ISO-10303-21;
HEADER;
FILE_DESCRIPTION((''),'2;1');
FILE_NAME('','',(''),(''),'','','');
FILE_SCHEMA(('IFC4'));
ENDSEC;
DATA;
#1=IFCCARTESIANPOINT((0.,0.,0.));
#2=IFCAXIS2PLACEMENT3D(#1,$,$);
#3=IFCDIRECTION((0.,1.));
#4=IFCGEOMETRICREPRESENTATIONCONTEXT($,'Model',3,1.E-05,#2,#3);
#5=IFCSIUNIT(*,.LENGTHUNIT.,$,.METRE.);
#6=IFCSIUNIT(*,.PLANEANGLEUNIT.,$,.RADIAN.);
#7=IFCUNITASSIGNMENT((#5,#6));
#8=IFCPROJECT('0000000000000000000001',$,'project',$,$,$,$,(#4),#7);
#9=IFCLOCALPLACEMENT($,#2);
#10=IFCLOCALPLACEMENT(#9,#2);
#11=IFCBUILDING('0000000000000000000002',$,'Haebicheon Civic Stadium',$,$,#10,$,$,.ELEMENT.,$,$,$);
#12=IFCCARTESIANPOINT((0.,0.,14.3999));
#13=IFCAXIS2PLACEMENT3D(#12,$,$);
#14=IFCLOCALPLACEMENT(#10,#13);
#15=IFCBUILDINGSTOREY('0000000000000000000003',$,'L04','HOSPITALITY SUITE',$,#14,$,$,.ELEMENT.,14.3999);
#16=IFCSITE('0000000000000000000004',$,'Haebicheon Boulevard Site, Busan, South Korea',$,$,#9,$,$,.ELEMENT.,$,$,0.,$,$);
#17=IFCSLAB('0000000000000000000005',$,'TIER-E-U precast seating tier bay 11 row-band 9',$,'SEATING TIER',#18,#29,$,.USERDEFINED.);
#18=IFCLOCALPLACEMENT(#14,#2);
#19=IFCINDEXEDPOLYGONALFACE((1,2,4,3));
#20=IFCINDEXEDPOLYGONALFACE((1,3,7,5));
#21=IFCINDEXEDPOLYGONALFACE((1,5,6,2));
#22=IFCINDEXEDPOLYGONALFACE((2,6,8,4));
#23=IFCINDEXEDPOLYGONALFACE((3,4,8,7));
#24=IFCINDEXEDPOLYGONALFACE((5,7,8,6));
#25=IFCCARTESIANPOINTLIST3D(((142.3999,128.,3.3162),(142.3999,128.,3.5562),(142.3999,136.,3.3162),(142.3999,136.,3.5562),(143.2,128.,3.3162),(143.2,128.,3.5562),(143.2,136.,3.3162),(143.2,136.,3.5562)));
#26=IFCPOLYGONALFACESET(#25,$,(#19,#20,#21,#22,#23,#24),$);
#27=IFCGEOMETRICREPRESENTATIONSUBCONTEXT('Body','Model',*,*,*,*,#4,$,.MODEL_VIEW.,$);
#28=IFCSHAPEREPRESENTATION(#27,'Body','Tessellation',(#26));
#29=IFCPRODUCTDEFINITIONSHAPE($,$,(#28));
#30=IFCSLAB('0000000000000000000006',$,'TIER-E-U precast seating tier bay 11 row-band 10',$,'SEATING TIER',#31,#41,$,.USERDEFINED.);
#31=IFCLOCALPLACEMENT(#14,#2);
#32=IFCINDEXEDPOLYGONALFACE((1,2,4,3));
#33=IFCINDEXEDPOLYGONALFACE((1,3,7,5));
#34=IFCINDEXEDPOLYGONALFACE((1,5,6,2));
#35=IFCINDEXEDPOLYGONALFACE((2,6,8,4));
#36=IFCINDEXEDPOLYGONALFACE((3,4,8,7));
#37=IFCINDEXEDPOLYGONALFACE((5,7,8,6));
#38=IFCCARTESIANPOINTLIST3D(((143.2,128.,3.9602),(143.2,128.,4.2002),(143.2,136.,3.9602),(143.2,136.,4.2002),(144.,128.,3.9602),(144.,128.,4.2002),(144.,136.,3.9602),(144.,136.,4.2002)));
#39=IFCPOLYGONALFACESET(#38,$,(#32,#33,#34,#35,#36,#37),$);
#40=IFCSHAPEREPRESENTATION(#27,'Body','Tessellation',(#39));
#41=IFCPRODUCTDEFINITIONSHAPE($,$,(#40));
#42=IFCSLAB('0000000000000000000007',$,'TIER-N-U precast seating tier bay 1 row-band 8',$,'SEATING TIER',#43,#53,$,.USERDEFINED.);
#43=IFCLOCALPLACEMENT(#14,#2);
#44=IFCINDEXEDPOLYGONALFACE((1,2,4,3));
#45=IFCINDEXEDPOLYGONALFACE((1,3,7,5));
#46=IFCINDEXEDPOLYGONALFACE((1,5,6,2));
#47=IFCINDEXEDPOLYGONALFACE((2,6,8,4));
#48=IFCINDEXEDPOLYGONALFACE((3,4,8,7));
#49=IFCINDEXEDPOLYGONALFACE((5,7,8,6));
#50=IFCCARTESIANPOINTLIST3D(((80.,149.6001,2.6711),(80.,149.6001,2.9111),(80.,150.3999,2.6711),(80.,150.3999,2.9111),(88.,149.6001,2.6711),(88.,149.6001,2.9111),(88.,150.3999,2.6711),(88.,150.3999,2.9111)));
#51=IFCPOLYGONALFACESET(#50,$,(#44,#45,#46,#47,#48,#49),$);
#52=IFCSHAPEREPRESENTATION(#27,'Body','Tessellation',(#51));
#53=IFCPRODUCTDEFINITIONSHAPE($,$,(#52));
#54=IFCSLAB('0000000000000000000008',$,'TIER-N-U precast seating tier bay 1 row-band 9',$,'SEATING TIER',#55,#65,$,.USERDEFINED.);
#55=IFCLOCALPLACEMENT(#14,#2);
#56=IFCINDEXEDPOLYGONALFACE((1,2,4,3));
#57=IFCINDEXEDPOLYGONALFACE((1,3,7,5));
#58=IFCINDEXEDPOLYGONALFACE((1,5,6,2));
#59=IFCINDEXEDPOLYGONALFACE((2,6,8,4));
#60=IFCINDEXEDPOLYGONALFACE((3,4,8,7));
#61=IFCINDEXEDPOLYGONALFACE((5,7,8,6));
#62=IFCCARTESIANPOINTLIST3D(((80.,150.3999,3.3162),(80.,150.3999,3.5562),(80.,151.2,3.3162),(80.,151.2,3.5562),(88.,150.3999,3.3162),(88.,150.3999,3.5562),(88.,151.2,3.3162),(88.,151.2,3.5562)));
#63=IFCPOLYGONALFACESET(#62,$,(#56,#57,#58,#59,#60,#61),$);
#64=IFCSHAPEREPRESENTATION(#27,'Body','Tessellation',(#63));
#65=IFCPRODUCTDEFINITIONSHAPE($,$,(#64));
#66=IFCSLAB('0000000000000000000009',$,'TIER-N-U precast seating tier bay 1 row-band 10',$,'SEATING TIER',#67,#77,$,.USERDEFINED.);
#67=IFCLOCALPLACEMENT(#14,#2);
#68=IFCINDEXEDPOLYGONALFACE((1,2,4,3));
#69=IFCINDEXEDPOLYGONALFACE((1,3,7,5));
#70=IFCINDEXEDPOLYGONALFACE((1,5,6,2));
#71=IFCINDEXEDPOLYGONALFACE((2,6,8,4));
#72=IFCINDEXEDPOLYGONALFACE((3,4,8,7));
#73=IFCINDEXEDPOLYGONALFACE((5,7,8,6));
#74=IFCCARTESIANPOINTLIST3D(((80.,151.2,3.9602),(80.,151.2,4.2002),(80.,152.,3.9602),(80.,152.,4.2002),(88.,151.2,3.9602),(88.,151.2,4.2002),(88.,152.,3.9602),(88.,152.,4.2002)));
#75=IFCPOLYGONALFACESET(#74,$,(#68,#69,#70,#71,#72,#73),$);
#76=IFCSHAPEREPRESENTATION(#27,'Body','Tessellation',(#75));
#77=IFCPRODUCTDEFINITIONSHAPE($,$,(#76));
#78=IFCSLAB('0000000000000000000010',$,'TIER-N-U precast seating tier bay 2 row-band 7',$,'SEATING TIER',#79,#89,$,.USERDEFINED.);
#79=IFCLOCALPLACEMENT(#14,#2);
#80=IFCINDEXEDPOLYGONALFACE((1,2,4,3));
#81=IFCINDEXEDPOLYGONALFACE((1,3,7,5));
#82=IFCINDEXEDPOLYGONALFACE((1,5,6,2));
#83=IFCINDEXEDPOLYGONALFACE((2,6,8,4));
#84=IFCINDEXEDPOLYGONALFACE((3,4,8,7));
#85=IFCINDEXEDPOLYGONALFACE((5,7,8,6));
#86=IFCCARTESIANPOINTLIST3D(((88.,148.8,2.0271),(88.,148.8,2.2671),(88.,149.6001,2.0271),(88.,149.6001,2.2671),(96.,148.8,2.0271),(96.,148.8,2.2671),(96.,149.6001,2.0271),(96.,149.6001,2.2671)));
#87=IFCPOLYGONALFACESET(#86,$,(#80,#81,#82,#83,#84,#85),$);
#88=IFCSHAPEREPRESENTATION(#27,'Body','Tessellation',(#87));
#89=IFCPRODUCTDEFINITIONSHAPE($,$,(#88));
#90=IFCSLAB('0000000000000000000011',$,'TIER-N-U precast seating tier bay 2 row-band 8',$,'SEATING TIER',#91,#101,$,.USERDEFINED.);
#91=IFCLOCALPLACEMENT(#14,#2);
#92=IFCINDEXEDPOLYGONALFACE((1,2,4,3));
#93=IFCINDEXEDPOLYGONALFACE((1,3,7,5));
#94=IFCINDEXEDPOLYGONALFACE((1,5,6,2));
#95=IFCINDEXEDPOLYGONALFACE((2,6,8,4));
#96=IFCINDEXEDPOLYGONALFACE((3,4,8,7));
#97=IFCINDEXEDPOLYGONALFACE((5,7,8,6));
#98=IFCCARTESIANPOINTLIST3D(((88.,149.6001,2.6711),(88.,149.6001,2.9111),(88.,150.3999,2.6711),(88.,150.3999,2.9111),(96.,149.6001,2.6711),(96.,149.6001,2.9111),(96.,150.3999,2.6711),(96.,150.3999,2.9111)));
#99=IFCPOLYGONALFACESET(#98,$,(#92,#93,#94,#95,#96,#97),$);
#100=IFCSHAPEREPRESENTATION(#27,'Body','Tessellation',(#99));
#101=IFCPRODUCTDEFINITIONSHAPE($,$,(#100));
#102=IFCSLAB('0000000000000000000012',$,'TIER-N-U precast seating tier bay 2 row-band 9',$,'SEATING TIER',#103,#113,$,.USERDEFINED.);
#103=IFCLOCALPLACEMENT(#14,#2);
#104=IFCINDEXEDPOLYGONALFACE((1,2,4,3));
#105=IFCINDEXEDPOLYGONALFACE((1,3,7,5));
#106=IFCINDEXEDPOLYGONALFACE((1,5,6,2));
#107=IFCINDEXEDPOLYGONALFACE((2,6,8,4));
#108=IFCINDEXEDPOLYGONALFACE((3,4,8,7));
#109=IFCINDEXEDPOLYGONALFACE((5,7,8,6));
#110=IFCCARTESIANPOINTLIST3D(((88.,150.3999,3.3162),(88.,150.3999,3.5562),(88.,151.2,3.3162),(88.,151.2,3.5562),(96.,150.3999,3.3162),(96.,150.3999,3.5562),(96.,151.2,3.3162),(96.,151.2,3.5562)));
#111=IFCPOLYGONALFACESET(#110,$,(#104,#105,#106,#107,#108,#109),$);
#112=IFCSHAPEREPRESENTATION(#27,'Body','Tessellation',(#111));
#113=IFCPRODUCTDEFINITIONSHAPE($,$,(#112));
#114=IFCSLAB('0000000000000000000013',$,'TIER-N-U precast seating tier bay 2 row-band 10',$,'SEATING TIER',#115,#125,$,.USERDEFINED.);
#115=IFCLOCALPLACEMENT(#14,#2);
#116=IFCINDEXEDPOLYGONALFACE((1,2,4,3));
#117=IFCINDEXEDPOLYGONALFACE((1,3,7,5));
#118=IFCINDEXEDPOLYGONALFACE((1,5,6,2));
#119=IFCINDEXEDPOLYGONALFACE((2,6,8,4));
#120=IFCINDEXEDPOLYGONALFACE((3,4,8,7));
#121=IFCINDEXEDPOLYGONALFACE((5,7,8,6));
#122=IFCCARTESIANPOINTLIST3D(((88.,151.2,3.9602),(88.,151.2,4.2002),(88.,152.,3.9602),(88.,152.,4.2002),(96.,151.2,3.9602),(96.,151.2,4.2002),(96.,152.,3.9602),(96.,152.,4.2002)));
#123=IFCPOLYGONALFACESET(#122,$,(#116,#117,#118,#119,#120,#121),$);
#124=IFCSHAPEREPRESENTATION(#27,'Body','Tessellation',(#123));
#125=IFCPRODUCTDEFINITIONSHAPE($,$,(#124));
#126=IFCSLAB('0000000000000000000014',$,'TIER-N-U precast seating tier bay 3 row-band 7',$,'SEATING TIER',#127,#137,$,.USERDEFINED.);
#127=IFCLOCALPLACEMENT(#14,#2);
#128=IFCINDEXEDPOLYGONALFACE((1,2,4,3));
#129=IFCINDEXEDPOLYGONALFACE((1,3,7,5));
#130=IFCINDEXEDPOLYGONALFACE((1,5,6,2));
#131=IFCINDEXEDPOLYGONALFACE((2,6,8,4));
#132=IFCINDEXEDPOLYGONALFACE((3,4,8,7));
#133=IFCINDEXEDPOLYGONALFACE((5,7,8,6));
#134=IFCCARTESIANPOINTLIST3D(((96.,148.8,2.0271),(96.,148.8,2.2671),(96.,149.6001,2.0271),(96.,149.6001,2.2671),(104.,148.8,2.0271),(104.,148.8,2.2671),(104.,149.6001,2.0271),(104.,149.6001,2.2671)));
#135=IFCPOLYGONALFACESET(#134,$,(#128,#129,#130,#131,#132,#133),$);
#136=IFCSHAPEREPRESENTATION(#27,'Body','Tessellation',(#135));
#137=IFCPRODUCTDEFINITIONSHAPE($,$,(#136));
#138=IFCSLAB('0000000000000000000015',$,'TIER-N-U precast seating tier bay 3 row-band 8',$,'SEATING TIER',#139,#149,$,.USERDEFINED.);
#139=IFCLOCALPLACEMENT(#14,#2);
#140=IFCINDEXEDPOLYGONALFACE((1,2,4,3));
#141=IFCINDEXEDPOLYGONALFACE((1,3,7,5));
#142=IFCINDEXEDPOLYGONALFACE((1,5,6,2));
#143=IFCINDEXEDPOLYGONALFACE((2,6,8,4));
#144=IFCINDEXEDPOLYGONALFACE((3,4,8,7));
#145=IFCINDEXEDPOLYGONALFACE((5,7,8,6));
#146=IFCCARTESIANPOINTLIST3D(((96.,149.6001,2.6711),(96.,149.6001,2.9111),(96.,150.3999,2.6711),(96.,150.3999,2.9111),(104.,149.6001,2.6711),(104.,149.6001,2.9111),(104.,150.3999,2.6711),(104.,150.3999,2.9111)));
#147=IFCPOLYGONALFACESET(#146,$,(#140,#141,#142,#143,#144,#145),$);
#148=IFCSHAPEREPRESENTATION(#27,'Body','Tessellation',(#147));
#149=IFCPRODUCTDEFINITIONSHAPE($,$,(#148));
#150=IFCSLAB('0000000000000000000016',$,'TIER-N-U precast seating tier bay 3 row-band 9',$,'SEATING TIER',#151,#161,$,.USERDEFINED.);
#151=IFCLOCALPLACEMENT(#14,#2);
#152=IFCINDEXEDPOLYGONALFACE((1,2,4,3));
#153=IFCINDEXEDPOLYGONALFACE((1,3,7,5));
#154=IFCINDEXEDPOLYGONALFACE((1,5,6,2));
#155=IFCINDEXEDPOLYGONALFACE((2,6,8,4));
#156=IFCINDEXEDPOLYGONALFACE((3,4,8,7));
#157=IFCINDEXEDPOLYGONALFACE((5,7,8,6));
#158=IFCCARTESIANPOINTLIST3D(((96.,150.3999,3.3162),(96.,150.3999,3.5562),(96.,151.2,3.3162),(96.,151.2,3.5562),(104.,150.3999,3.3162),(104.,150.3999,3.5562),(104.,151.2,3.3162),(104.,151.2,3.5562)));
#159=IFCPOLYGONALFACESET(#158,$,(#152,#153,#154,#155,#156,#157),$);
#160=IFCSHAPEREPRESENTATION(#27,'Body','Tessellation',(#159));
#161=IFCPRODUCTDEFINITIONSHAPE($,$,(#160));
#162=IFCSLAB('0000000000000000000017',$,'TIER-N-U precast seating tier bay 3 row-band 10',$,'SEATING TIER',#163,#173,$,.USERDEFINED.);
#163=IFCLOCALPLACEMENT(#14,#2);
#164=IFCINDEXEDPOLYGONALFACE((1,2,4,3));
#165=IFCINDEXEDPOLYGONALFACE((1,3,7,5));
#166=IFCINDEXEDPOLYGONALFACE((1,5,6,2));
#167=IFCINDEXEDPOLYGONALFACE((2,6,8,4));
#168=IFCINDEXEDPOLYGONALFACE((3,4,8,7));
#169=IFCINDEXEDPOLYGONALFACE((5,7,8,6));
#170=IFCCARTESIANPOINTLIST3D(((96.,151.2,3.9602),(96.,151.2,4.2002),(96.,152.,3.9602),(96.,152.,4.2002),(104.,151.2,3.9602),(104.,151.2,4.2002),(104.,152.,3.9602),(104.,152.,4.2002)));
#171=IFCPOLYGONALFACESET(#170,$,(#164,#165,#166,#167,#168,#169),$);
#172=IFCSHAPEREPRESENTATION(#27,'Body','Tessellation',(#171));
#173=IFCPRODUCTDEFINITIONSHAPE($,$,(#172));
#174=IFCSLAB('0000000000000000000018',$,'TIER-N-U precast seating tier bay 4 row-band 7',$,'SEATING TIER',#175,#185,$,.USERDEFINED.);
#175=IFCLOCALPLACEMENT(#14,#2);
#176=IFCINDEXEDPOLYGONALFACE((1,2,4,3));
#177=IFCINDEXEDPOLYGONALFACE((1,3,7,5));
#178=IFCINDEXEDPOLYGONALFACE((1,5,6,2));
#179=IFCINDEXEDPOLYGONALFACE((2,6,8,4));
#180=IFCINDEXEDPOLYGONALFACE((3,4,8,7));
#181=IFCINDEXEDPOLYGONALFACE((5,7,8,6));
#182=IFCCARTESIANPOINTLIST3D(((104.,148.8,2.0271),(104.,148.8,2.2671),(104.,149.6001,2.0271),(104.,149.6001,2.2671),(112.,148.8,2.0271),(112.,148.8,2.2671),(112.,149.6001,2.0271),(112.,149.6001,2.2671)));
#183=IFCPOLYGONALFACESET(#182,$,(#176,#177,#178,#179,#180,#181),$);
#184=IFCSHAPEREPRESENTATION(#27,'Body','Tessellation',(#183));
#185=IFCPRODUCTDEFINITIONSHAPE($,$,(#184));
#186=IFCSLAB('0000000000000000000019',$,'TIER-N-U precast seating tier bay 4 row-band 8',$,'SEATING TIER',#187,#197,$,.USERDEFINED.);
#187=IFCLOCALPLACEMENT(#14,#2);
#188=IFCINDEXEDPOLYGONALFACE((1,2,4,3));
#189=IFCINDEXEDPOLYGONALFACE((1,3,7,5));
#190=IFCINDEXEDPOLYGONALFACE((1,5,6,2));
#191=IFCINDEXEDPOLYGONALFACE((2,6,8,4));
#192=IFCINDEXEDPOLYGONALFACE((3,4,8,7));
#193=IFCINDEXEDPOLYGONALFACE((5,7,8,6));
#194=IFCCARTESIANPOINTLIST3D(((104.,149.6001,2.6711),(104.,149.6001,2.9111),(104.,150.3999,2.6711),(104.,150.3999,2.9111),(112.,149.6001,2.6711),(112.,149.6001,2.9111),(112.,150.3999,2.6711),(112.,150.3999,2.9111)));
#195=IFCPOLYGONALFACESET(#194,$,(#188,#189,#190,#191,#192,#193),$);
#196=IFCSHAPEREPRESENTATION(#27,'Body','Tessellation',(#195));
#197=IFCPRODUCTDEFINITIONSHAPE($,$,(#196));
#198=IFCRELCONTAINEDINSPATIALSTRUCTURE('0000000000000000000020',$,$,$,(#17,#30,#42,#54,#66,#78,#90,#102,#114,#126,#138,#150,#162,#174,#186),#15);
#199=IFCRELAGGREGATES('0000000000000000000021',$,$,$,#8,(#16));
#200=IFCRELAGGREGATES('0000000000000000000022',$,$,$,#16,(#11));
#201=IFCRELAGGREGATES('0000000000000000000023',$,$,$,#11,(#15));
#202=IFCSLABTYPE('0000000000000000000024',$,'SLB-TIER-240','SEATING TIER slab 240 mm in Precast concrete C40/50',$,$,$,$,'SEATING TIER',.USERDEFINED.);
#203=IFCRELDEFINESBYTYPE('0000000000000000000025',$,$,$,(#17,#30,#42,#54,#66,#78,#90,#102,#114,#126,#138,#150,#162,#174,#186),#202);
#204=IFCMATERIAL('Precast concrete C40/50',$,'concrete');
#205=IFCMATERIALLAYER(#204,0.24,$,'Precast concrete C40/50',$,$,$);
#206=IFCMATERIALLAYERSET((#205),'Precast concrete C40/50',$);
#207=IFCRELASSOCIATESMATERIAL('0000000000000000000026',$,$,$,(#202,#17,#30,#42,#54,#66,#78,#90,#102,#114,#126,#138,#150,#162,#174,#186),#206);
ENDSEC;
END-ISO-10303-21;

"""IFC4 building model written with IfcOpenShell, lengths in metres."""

from ifc_helpers import new_model, si_unit, direction, frame, origin, place, context, subcontext, project, spatial, polyline, outline, extrude, material, layer, layer_set, type_object, element, save


model = new_model("IFC4")

# Units and contexts
model_context = context("Model", 3, precision=1e-05, world=origin(), true_north=direction((0.0, 1.0)))
body_context = subcontext(model_context, "Body", "Model", "MODEL_VIEW")
ifc_project = project(units=[si_unit("LENGTHUNIT", "METRE"), si_unit("PLANEANGLEUNIT", "RADIAN")], contexts=[model_context])

# Site, building, storey
site_placement = place(None, origin())
site = spatial("IfcSite", under=ifc_project, at=site_placement, Name="Haebicheon Boulevard Site, Busan, South Korea", CompositionType="ELEMENT", RefElevation=0.0)
building_placement = place(site_placement, origin())
building = spatial("IfcBuilding", under=site, at=building_placement, Name="Haebicheon Civic Stadium", CompositionType="ELEMENT")
storey_placement = place(building_placement, frame((0.0, 0.0, 14.3999)))
storey = spatial("IfcBuildingStorey", under=building, at=storey_placement, Name="L04", Description="HOSPITALITY SUITE", CompositionType="ELEMENT", Elevation=14.3999)

# Slabs
ifc_material = material(Name="Precast concrete C40/50", Category="concrete")
ifc_layer = layer(ifc_material, 0.24, Name="Precast concrete C40/50")
ifc_layer_set = layer_set([ifc_layer], Name="Precast concrete C40/50")
slab_type = type_object("IfcSlabType", Name="SLB-TIER-240", Description="SEATING TIER slab 240 mm in Precast concrete C40/50", ElementType="SEATING TIER", PredefinedType="USERDEFINED", material=ifc_layer_set)
slab_1_placement = place(storey_placement, frame((0.0, 0.0, 3.3162)))
element("IfcSlab", 1, at=slab_1_placement, inside=storey, type_object=slab_type, material=ifc_layer_set, Name="TIER-E-U precast seating tier bay 11 row-band 9", ObjectType="SEATING TIER", PredefinedType="USERDEFINED", context=body_context, shape_type="SweptSolid", body=[
    extrude(outline(polyline([(142.3999, 128.0), (143.2, 128.0), (143.2, 136.0), (142.3999, 136.0), (142.3999, 128.0)])), origin(), (0.0, 0.0, 1.0), 0.24),
])
slab_2_placement = place(storey_placement, frame((0.0, 0.0, 3.9602)))
element("IfcSlab", 2, at=slab_2_placement, inside=storey, type_object=slab_type, material=ifc_layer_set, Name="TIER-E-U precast seating tier bay 11 row-band 10", ObjectType="SEATING TIER", PredefinedType="USERDEFINED", context=body_context, shape_type="SweptSolid", body=[
    extrude(outline(polyline([(143.2, 128.0), (144.0, 128.0), (144.0, 136.0), (143.2, 136.0), (143.2, 128.0)])), origin(), (0.0, 0.0, 1.0), 0.24),
])
slab_3_placement = place(storey_placement, frame((0.0, 0.0, 2.6711)))
element("IfcSlab", 3, at=slab_3_placement, inside=storey, type_object=slab_type, material=ifc_layer_set, Name="TIER-N-U precast seating tier bay 1 row-band 8", ObjectType="SEATING TIER", PredefinedType="USERDEFINED", context=body_context, shape_type="SweptSolid", body=[
    extrude(outline(polyline([(80.0, 149.6001), (88.0, 149.6001), (88.0, 150.3999), (80.0, 150.3999), (80.0, 149.6001)])), origin(), (0.0, 0.0, 1.0), 0.24),
])
slab_4_placement = place(storey_placement, frame((0.0, 0.0, 3.3162)))
element("IfcSlab", 4, at=slab_4_placement, inside=storey, type_object=slab_type, material=ifc_layer_set, Name="TIER-N-U precast seating tier bay 1 row-band 9", ObjectType="SEATING TIER", PredefinedType="USERDEFINED", context=body_context, shape_type="SweptSolid", body=[
    extrude(outline(polyline([(80.0, 150.3999), (88.0, 150.3999), (88.0, 151.2), (80.0, 151.2), (80.0, 150.3999)])), origin(), (0.0, 0.0, 1.0), 0.24),
])
slab_5_placement = place(storey_placement, frame((0.0, 0.0, 3.9602)))
element("IfcSlab", 5, at=slab_5_placement, inside=storey, type_object=slab_type, material=ifc_layer_set, Name="TIER-N-U precast seating tier bay 1 row-band 10", ObjectType="SEATING TIER", PredefinedType="USERDEFINED", context=body_context, shape_type="SweptSolid", body=[
    extrude(outline(polyline([(80.0, 151.2), (88.0, 151.2), (88.0, 152.0), (80.0, 152.0), (80.0, 151.2)])), origin(), (0.0, 0.0, 1.0), 0.24),
])
slab_6_placement = place(storey_placement, frame((0.0, 0.0, 2.0271)))
element("IfcSlab", 6, at=slab_6_placement, inside=storey, type_object=slab_type, material=ifc_layer_set, Name="TIER-N-U precast seating tier bay 2 row-band 7", ObjectType="SEATING TIER", PredefinedType="USERDEFINED", context=body_context, shape_type="SweptSolid", body=[
    extrude(outline(polyline([(88.0, 148.8), (96.0, 148.8), (96.0, 149.6001), (88.0, 149.6001), (88.0, 148.8)])), origin(), (0.0, 0.0, 1.0), 0.24),
])
slab_7_placement = place(storey_placement, frame((0.0, 0.0, 2.6711)))
element("IfcSlab", 7, at=slab_7_placement, inside=storey, type_object=slab_type, material=ifc_layer_set, Name="TIER-N-U precast seating tier bay 2 row-band 8", ObjectType="SEATING TIER", PredefinedType="USERDEFINED", context=body_context, shape_type="SweptSolid", body=[
    extrude(outline(polyline([(88.0, 149.6001), (96.0, 149.6001), (96.0, 150.3999), (88.0, 150.3999), (88.0, 149.6001)])), origin(), (0.0, 0.0, 1.0), 0.24),
])
slab_8_placement = place(storey_placement, frame((0.0, 0.0, 3.3162)))
element("IfcSlab", 8, at=slab_8_placement, inside=storey, type_object=slab_type, material=ifc_layer_set, Name="TIER-N-U precast seating tier bay 2 row-band 9", ObjectType="SEATING TIER", PredefinedType="USERDEFINED", context=body_context, shape_type="SweptSolid", body=[
    extrude(outline(polyline([(88.0, 150.3999), (96.0, 150.3999), (96.0, 151.2), (88.0, 151.2), (88.0, 150.3999)])), origin(), (0.0, 0.0, 1.0), 0.24),
])
slab_9_placement = place(storey_placement, frame((0.0, 0.0, 3.9602)))
element("IfcSlab", 9, at=slab_9_placement, inside=storey, type_object=slab_type, material=ifc_layer_set, Name="TIER-N-U precast seating tier bay 2 row-band 10", ObjectType="SEATING TIER", PredefinedType="USERDEFINED", context=body_context, shape_type="SweptSolid", body=[
    extrude(outline(polyline([(88.0, 151.2), (96.0, 151.2), (96.0, 152.0), (88.0, 152.0), (88.0, 151.2)])), origin(), (0.0, 0.0, 1.0), 0.24),
])
slab_10_placement = place(storey_placement, frame((0.0, 0.0, 2.0271)))
element("IfcSlab", 10, at=slab_10_placement, inside=storey, type_object=slab_type, material=ifc_layer_set, Name="TIER-N-U precast seating tier bay 3 row-band 7", ObjectType="SEATING TIER", PredefinedType="USERDEFINED", context=body_context, shape_type="SweptSolid", body=[
    extrude(outline(polyline([(96.0, 148.8), (104.0, 148.8), (104.0, 149.6001), (96.0, 149.6001), (96.0, 148.8)])), origin(), (0.0, 0.0, 1.0), 0.24),
])
slab_11_placement = place(storey_placement, frame((0.0, 0.0, 2.6711)))
element("IfcSlab", 11, at=slab_11_placement, inside=storey, type_object=slab_type, material=ifc_layer_set, Name="TIER-N-U precast seating tier bay 3 row-band 8", ObjectType="SEATING TIER", PredefinedType="USERDEFINED", context=body_context, shape_type="SweptSolid", body=[
    extrude(outline(polyline([(96.0, 149.6001), (104.0, 149.6001), (104.0, 150.3999), (96.0, 150.3999), (96.0, 149.6001)])), origin(), (0.0, 0.0, 1.0), 0.24),
])
slab_12_placement = place(storey_placement, frame((0.0, 0.0, 3.3162)))
element("IfcSlab", 12, at=slab_12_placement, inside=storey, type_object=slab_type, material=ifc_layer_set, Name="TIER-N-U precast seating tier bay 3 row-band 9", ObjectType="SEATING TIER", PredefinedType="USERDEFINED", context=body_context, shape_type="SweptSolid", body=[
    extrude(outline(polyline([(96.0, 150.3999), (104.0, 150.3999), (104.0, 151.2), (96.0, 151.2), (96.0, 150.3999)])), origin(), (0.0, 0.0, 1.0), 0.24),
])
slab_13_placement = place(storey_placement, frame((0.0, 0.0, 3.9602)))
element("IfcSlab", 13, at=slab_13_placement, inside=storey, type_object=slab_type, material=ifc_layer_set, Name="TIER-N-U precast seating tier bay 3 row-band 10", ObjectType="SEATING TIER", PredefinedType="USERDEFINED", context=body_context, shape_type="SweptSolid", body=[
    extrude(outline(polyline([(96.0, 151.2), (104.0, 151.2), (104.0, 152.0), (96.0, 152.0), (96.0, 151.2)])), origin(), (0.0, 0.0, 1.0), 0.24),
])
slab_14_placement = place(storey_placement, frame((0.0, 0.0, 2.0271)))
element("IfcSlab", 14, at=slab_14_placement, inside=storey, type_object=slab_type, material=ifc_layer_set, Name="TIER-N-U precast seating tier bay 4 row-band 7", ObjectType="SEATING TIER", PredefinedType="USERDEFINED", context=body_context, shape_type="SweptSolid", body=[
    extrude(outline(polyline([(104.0, 148.8), (112.0, 148.8), (112.0, 149.6001), (104.0, 149.6001), (104.0, 148.8)])), origin(), (0.0, 0.0, 1.0), 0.24),
])
slab_15_placement = place(storey_placement, frame((0.0, 0.0, 2.6711)))
element("IfcSlab", 15, at=slab_15_placement, inside=storey, type_object=slab_type, material=ifc_layer_set, Name="TIER-N-U precast seating tier bay 4 row-band 8", ObjectType="SEATING TIER", PredefinedType="USERDEFINED", context=body_context, shape_type="SweptSolid", body=[
    extrude(outline(polyline([(104.0, 149.6001), (112.0, 149.6001), (112.0, 150.3999), (104.0, 150.3999), (104.0, 149.6001)])), origin(), (0.0, 0.0, 1.0), 0.24),
])

save(model, "model.ifc")
